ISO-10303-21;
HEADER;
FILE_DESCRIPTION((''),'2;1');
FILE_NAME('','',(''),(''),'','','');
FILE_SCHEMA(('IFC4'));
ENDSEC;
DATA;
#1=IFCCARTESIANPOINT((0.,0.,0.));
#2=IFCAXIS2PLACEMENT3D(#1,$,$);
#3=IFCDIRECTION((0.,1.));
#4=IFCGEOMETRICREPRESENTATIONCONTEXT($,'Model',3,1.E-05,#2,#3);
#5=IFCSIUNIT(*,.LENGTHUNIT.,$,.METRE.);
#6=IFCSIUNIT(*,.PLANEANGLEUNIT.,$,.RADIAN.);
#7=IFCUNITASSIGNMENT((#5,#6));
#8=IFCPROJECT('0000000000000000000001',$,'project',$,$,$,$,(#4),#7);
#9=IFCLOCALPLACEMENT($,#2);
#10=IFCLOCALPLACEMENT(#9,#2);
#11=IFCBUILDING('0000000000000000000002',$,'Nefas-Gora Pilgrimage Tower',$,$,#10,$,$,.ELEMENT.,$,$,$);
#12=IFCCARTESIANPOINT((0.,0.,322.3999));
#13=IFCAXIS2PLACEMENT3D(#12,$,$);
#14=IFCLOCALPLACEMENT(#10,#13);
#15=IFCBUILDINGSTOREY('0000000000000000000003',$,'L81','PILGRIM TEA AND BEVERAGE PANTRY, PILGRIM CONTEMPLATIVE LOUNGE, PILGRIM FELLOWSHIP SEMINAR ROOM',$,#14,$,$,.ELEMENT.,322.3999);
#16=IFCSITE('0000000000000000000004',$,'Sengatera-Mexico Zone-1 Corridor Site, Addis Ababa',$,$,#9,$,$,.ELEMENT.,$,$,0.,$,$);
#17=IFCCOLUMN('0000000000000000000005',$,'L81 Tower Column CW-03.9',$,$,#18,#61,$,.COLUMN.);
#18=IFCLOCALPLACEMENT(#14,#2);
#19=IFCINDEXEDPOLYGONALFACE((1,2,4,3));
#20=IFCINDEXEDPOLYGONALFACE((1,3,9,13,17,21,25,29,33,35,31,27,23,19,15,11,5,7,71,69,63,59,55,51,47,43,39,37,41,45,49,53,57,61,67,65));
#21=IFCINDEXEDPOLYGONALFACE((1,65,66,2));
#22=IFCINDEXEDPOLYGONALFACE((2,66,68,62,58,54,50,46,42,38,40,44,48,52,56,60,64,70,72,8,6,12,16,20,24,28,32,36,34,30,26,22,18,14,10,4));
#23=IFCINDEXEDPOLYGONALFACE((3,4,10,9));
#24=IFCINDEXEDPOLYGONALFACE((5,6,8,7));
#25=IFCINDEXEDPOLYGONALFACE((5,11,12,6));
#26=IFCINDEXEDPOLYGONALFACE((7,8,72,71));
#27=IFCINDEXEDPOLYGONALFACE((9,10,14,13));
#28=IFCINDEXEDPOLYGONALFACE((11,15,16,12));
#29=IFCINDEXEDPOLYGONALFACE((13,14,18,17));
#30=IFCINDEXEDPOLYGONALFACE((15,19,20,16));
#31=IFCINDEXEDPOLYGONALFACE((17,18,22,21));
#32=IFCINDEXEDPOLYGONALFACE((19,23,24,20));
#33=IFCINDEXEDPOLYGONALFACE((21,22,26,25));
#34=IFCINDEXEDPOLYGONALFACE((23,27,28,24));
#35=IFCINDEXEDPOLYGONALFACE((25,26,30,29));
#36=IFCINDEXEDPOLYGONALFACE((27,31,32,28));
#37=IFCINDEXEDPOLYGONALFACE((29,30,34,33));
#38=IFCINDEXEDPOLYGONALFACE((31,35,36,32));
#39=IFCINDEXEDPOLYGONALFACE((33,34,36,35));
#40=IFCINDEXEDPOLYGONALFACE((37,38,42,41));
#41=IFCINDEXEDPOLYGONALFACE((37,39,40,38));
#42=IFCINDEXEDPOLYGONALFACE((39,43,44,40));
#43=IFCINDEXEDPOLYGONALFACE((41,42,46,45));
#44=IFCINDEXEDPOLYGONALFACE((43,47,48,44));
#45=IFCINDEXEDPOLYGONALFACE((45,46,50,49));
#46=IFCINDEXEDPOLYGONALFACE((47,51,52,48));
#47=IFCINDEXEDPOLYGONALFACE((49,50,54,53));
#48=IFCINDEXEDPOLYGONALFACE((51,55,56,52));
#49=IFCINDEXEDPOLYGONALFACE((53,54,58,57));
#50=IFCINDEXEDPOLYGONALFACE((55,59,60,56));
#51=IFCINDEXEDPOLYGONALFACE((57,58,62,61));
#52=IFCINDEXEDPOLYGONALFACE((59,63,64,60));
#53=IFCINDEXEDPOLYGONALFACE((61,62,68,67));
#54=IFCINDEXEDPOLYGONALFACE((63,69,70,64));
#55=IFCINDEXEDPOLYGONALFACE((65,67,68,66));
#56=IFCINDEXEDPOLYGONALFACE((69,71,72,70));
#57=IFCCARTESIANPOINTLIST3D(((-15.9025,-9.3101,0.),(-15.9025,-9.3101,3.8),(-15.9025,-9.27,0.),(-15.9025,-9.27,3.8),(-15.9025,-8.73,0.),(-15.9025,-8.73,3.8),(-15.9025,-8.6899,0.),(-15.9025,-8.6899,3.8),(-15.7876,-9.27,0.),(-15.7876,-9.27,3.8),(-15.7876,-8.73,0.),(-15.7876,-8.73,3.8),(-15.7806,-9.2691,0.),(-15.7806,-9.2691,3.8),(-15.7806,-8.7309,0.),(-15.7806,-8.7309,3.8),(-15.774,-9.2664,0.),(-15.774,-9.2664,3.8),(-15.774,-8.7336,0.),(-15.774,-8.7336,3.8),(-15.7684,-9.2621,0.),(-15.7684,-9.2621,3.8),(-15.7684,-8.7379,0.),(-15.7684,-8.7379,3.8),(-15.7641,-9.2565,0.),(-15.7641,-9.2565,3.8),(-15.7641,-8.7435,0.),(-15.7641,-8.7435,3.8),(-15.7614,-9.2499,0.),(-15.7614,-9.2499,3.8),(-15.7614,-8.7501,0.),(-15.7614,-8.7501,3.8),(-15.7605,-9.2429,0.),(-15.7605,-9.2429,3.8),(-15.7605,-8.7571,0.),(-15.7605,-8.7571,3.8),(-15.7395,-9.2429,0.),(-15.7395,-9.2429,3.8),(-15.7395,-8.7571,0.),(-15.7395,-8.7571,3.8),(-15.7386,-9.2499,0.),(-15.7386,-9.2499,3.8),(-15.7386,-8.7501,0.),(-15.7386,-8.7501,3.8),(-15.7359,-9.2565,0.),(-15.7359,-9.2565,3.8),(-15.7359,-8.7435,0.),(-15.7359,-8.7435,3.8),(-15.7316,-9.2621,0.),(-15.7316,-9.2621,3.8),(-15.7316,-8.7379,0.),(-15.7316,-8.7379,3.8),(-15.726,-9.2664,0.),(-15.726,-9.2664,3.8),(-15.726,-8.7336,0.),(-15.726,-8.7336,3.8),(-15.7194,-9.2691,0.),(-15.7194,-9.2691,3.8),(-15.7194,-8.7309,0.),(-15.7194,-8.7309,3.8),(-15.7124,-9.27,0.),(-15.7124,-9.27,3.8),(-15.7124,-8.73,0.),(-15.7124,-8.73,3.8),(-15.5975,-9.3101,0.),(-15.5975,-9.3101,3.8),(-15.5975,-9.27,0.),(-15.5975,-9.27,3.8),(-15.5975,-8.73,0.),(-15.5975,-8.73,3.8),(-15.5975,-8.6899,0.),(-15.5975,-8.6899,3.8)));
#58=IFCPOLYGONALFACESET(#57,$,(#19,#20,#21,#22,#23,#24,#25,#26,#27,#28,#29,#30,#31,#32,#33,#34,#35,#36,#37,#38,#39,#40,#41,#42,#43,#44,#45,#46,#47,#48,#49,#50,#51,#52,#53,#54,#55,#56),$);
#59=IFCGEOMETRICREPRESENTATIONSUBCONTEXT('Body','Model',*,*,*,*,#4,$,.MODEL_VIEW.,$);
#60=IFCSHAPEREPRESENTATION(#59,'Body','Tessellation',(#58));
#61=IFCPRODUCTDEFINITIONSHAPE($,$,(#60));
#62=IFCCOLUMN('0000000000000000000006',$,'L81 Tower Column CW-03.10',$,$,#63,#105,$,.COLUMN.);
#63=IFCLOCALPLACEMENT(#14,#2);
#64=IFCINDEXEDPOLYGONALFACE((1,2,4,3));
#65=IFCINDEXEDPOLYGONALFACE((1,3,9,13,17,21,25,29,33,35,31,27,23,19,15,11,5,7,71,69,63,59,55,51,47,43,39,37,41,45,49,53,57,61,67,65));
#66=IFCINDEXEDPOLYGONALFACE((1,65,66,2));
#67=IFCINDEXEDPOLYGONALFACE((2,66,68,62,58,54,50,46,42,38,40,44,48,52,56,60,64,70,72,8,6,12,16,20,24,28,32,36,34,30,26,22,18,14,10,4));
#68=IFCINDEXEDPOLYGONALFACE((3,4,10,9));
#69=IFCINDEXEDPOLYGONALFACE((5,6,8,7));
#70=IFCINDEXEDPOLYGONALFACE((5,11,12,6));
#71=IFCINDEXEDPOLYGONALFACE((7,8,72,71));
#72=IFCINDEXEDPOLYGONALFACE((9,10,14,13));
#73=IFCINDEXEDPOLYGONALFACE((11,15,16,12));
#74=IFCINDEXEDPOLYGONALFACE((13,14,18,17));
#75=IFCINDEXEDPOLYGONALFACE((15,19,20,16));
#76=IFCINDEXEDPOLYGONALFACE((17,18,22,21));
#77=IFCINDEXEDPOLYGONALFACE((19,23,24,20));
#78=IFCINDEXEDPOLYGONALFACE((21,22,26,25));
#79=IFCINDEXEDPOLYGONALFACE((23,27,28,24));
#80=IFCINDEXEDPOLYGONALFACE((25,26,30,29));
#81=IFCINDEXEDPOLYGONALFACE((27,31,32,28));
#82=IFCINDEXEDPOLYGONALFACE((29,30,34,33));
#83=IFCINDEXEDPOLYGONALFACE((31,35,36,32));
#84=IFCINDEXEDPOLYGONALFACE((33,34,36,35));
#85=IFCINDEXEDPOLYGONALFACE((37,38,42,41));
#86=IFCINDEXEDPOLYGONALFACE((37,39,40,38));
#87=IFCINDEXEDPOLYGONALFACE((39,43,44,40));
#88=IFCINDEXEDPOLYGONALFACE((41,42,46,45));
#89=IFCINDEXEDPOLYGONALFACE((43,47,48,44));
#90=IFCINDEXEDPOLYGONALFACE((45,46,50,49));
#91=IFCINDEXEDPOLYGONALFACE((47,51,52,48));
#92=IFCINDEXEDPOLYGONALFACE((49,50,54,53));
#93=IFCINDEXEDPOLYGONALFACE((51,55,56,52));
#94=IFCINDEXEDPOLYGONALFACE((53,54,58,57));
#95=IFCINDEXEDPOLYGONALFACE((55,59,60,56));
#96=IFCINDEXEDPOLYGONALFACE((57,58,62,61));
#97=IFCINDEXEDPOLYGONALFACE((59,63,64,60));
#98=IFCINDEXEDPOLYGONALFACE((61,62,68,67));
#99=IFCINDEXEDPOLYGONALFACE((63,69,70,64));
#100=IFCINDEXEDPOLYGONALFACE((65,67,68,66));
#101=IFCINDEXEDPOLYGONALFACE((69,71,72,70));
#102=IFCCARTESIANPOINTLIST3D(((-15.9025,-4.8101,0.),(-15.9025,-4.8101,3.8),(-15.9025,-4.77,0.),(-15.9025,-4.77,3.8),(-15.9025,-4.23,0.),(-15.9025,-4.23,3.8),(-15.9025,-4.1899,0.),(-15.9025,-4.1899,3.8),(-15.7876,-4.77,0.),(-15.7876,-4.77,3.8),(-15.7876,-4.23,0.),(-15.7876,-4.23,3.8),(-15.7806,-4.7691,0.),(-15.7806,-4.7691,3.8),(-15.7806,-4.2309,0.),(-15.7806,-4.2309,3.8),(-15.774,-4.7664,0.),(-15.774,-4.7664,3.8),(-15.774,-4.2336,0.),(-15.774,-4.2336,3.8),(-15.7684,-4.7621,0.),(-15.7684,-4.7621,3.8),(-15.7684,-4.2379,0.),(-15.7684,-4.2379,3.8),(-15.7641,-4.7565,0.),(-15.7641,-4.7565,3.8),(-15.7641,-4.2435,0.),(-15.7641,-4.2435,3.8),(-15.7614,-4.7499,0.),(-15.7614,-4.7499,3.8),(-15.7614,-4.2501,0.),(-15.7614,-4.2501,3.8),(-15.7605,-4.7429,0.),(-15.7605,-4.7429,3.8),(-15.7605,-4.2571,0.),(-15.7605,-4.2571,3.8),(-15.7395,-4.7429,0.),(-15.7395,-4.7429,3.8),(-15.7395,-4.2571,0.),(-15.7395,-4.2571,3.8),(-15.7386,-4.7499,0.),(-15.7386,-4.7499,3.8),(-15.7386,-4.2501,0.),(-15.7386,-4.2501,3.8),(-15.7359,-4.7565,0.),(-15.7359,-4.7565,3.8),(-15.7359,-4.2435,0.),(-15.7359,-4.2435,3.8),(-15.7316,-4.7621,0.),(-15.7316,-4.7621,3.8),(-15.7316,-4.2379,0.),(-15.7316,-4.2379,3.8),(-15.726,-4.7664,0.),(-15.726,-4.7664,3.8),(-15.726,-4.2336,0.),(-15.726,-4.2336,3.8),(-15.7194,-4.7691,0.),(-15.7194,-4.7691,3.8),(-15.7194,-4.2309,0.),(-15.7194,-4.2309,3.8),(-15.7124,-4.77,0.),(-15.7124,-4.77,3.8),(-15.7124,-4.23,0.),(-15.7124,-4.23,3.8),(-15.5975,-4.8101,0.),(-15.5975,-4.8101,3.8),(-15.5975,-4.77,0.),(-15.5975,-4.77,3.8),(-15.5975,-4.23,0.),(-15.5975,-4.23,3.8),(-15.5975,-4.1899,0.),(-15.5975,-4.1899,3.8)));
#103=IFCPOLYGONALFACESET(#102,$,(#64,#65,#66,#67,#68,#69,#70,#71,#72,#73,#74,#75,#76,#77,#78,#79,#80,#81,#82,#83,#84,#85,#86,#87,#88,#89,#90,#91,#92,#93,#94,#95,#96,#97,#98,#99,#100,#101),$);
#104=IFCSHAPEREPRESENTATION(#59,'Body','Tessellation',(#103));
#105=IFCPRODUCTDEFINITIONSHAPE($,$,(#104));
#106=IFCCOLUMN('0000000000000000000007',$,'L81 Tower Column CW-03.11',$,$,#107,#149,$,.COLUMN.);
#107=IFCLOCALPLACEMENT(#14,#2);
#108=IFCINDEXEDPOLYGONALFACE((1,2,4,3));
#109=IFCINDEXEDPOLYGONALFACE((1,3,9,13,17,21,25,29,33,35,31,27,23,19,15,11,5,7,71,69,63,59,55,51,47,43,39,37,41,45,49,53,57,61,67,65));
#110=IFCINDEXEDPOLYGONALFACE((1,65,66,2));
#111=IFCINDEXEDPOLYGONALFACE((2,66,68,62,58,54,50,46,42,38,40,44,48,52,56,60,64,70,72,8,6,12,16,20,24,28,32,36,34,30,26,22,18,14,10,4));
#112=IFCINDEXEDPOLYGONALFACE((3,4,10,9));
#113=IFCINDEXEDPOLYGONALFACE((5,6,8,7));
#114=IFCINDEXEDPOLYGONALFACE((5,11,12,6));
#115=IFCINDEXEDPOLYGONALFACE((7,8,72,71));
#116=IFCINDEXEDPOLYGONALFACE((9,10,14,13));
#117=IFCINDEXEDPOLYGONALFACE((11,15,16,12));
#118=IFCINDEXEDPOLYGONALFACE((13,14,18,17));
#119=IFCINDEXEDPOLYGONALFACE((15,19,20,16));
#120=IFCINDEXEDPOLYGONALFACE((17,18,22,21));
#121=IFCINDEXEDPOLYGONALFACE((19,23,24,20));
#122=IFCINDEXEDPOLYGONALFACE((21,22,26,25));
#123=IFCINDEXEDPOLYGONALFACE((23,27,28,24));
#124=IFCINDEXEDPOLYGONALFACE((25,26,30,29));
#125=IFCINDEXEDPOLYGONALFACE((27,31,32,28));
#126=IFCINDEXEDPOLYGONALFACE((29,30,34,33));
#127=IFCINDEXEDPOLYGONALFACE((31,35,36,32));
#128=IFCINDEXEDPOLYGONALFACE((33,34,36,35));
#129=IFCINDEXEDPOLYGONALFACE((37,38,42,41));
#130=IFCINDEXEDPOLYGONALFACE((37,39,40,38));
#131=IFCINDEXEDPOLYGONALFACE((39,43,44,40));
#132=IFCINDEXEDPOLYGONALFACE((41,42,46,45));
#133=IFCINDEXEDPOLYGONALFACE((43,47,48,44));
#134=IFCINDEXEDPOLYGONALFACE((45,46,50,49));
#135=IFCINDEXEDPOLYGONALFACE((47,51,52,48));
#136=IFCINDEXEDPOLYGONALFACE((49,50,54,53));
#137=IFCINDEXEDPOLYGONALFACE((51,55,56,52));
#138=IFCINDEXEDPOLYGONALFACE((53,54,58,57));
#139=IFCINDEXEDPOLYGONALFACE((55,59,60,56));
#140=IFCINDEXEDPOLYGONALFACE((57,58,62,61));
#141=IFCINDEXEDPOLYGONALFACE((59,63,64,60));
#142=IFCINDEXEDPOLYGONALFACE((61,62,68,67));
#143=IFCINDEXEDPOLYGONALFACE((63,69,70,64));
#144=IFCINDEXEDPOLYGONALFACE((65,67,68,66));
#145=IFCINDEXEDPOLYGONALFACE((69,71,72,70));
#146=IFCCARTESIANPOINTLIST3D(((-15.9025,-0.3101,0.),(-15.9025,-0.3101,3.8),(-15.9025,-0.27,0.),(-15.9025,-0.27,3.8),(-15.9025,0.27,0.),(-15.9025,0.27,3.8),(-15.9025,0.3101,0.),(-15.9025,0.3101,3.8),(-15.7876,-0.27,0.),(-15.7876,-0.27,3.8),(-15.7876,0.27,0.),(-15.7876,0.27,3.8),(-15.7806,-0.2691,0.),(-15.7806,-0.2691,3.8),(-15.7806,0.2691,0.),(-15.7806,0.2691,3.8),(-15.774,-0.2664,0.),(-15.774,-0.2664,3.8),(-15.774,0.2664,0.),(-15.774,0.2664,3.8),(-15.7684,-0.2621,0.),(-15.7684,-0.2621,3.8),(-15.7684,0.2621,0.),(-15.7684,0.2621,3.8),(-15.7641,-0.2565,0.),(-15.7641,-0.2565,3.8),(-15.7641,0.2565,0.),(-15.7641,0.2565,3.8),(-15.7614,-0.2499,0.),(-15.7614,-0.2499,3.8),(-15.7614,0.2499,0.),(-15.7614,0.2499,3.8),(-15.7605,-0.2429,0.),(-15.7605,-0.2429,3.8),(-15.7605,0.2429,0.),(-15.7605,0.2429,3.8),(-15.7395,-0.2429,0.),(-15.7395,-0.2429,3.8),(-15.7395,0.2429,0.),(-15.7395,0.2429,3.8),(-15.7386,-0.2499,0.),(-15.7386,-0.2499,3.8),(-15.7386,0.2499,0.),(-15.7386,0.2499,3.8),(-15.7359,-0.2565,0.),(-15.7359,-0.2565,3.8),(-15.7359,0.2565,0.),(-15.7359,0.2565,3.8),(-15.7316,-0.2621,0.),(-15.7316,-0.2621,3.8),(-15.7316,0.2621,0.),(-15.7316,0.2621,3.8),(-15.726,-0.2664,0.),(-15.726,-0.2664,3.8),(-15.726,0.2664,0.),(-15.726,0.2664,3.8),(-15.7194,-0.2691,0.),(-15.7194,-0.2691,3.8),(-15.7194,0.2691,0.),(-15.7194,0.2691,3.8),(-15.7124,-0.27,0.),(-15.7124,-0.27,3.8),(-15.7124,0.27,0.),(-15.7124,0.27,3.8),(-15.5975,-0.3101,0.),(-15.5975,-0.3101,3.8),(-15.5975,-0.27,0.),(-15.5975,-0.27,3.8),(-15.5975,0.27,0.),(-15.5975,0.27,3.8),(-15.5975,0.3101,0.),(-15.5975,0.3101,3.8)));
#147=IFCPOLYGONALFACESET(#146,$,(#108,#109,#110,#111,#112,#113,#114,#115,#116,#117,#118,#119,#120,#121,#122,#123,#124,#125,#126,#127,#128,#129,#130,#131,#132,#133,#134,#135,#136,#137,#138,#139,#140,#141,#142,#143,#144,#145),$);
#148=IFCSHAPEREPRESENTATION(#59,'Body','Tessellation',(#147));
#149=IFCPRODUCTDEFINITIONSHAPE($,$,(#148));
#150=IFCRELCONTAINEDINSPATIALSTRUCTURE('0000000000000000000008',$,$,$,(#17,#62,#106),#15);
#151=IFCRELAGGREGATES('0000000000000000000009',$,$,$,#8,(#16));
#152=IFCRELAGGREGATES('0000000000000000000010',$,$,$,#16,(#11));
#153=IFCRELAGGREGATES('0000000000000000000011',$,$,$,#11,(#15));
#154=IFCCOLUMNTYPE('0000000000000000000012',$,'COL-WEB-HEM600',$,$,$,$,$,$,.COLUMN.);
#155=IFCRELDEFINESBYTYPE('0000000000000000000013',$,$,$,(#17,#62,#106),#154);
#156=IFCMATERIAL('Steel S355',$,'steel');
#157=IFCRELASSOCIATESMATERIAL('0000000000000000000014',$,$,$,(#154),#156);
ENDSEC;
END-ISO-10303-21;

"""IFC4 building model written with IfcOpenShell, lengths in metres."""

from ifc_helpers import new_model, si_unit, direction, frame, origin, origin_2d, place, context, subcontext, project, spatial, i_section, extrude, source, transform, mapped, material, material_profile, profile_set, type_object, element, save


model = new_model("IFC4")

# Units and contexts
model_context = context("Model", 3, precision=1e-05, world=origin(), true_north=direction((0.0, 1.0)))
body_context = subcontext(model_context, "Body", "Model", "MODEL_VIEW")
ifc_project = project(units=[si_unit("LENGTHUNIT", "METRE"), si_unit("PLANEANGLEUNIT", "RADIAN")], contexts=[model_context])

# Site, building, storey
site_placement = place(None, origin())
site = spatial("IfcSite", under=ifc_project, at=site_placement, Name="Sengatera-Mexico Zone-1 Corridor Site, Addis Ababa", CompositionType="ELEMENT", RefElevation=0.0)
building_placement = place(site_placement, origin())
building = spatial("IfcBuilding", under=site, at=building_placement, Name="Nefas-Gora Pilgrimage Tower", CompositionType="ELEMENT")
storey_placement = place(building_placement, frame((0.0, 0.0, 322.3999)))
storey = spatial("IfcBuildingStorey", under=building, at=storey_placement, Name="L81", Description="PILGRIM TEA AND BEVERAGE PANTRY, PILGRIM CONTEMPLATIVE LOUNGE, PILGRIM FELLOWSHIP SEMINAR ROOM", CompositionType="ELEMENT", Elevation=322.3999)

# Columns
ifc_material_1 = material(Name="Steel S355", Category="steel")
ifc_material_profile_1 = material_profile(ifc_material_1, i_section(OverallWidth=0.3049, OverallDepth=0.6201, WebThickness=0.021, FlangeThickness=0.04, FilletRadius=0.0271, at=origin_2d()), Name="HEM 600")
ifc_profile_set_1 = profile_set([ifc_material_profile_1], Name="Steel S355")
column_type_1 = type_object("IfcColumnType", Name="COL-WEB-HEM600", PredefinedType="COLUMN", material=ifc_profile_set_1)
shared_shape_1 = source(origin(), body_context, "Body", "SweptSolid", [
    extrude(i_section(OverallWidth=0.3049, OverallDepth=0.6201, WebThickness=0.021, FlangeThickness=0.04, FilletRadius=0.0271, at=origin_2d()), origin(), (0.0, 0.0, 1.0), 3.8),
])
for number, where, z_axis, x_axis, name in (
    (1, (-15.75, -9.0, 0.0), (0.0, 0.0, 1.0), (1.0, 0.0, 0.0), "L81 Tower Column CW-03.9"),
    (2, (-15.75, -4.5, 0.0), (0.0, 0.0, 1.0), (1.0, 0.0, 0.0), "L81 Tower Column CW-03.10"),
    (3, (-15.75, 0.0, 0.0), (0.0, 0.0, 1.0), (1.0, 0.0, 0.0), "L81 Tower Column CW-03.11"),
):
    element("IfcColumn", number, at=place(storey_placement, frame(where, z_axis=z_axis, x_axis=x_axis)), inside=storey, type_object=column_type_1, Name=name, PredefinedType="COLUMN", context=body_context, shape_type="MappedRepresentation", body=[
        mapped(shared_shape_1, transform((0.0, 0.0, 0.0), x_axis=(1.0, 0.0, 0.0), y_axis=(0.0, 1.0, 0.0), z_axis=(0.0, 0.0, 1.0), scale=1.0)),
    ])

save(model, "model.ifc")
